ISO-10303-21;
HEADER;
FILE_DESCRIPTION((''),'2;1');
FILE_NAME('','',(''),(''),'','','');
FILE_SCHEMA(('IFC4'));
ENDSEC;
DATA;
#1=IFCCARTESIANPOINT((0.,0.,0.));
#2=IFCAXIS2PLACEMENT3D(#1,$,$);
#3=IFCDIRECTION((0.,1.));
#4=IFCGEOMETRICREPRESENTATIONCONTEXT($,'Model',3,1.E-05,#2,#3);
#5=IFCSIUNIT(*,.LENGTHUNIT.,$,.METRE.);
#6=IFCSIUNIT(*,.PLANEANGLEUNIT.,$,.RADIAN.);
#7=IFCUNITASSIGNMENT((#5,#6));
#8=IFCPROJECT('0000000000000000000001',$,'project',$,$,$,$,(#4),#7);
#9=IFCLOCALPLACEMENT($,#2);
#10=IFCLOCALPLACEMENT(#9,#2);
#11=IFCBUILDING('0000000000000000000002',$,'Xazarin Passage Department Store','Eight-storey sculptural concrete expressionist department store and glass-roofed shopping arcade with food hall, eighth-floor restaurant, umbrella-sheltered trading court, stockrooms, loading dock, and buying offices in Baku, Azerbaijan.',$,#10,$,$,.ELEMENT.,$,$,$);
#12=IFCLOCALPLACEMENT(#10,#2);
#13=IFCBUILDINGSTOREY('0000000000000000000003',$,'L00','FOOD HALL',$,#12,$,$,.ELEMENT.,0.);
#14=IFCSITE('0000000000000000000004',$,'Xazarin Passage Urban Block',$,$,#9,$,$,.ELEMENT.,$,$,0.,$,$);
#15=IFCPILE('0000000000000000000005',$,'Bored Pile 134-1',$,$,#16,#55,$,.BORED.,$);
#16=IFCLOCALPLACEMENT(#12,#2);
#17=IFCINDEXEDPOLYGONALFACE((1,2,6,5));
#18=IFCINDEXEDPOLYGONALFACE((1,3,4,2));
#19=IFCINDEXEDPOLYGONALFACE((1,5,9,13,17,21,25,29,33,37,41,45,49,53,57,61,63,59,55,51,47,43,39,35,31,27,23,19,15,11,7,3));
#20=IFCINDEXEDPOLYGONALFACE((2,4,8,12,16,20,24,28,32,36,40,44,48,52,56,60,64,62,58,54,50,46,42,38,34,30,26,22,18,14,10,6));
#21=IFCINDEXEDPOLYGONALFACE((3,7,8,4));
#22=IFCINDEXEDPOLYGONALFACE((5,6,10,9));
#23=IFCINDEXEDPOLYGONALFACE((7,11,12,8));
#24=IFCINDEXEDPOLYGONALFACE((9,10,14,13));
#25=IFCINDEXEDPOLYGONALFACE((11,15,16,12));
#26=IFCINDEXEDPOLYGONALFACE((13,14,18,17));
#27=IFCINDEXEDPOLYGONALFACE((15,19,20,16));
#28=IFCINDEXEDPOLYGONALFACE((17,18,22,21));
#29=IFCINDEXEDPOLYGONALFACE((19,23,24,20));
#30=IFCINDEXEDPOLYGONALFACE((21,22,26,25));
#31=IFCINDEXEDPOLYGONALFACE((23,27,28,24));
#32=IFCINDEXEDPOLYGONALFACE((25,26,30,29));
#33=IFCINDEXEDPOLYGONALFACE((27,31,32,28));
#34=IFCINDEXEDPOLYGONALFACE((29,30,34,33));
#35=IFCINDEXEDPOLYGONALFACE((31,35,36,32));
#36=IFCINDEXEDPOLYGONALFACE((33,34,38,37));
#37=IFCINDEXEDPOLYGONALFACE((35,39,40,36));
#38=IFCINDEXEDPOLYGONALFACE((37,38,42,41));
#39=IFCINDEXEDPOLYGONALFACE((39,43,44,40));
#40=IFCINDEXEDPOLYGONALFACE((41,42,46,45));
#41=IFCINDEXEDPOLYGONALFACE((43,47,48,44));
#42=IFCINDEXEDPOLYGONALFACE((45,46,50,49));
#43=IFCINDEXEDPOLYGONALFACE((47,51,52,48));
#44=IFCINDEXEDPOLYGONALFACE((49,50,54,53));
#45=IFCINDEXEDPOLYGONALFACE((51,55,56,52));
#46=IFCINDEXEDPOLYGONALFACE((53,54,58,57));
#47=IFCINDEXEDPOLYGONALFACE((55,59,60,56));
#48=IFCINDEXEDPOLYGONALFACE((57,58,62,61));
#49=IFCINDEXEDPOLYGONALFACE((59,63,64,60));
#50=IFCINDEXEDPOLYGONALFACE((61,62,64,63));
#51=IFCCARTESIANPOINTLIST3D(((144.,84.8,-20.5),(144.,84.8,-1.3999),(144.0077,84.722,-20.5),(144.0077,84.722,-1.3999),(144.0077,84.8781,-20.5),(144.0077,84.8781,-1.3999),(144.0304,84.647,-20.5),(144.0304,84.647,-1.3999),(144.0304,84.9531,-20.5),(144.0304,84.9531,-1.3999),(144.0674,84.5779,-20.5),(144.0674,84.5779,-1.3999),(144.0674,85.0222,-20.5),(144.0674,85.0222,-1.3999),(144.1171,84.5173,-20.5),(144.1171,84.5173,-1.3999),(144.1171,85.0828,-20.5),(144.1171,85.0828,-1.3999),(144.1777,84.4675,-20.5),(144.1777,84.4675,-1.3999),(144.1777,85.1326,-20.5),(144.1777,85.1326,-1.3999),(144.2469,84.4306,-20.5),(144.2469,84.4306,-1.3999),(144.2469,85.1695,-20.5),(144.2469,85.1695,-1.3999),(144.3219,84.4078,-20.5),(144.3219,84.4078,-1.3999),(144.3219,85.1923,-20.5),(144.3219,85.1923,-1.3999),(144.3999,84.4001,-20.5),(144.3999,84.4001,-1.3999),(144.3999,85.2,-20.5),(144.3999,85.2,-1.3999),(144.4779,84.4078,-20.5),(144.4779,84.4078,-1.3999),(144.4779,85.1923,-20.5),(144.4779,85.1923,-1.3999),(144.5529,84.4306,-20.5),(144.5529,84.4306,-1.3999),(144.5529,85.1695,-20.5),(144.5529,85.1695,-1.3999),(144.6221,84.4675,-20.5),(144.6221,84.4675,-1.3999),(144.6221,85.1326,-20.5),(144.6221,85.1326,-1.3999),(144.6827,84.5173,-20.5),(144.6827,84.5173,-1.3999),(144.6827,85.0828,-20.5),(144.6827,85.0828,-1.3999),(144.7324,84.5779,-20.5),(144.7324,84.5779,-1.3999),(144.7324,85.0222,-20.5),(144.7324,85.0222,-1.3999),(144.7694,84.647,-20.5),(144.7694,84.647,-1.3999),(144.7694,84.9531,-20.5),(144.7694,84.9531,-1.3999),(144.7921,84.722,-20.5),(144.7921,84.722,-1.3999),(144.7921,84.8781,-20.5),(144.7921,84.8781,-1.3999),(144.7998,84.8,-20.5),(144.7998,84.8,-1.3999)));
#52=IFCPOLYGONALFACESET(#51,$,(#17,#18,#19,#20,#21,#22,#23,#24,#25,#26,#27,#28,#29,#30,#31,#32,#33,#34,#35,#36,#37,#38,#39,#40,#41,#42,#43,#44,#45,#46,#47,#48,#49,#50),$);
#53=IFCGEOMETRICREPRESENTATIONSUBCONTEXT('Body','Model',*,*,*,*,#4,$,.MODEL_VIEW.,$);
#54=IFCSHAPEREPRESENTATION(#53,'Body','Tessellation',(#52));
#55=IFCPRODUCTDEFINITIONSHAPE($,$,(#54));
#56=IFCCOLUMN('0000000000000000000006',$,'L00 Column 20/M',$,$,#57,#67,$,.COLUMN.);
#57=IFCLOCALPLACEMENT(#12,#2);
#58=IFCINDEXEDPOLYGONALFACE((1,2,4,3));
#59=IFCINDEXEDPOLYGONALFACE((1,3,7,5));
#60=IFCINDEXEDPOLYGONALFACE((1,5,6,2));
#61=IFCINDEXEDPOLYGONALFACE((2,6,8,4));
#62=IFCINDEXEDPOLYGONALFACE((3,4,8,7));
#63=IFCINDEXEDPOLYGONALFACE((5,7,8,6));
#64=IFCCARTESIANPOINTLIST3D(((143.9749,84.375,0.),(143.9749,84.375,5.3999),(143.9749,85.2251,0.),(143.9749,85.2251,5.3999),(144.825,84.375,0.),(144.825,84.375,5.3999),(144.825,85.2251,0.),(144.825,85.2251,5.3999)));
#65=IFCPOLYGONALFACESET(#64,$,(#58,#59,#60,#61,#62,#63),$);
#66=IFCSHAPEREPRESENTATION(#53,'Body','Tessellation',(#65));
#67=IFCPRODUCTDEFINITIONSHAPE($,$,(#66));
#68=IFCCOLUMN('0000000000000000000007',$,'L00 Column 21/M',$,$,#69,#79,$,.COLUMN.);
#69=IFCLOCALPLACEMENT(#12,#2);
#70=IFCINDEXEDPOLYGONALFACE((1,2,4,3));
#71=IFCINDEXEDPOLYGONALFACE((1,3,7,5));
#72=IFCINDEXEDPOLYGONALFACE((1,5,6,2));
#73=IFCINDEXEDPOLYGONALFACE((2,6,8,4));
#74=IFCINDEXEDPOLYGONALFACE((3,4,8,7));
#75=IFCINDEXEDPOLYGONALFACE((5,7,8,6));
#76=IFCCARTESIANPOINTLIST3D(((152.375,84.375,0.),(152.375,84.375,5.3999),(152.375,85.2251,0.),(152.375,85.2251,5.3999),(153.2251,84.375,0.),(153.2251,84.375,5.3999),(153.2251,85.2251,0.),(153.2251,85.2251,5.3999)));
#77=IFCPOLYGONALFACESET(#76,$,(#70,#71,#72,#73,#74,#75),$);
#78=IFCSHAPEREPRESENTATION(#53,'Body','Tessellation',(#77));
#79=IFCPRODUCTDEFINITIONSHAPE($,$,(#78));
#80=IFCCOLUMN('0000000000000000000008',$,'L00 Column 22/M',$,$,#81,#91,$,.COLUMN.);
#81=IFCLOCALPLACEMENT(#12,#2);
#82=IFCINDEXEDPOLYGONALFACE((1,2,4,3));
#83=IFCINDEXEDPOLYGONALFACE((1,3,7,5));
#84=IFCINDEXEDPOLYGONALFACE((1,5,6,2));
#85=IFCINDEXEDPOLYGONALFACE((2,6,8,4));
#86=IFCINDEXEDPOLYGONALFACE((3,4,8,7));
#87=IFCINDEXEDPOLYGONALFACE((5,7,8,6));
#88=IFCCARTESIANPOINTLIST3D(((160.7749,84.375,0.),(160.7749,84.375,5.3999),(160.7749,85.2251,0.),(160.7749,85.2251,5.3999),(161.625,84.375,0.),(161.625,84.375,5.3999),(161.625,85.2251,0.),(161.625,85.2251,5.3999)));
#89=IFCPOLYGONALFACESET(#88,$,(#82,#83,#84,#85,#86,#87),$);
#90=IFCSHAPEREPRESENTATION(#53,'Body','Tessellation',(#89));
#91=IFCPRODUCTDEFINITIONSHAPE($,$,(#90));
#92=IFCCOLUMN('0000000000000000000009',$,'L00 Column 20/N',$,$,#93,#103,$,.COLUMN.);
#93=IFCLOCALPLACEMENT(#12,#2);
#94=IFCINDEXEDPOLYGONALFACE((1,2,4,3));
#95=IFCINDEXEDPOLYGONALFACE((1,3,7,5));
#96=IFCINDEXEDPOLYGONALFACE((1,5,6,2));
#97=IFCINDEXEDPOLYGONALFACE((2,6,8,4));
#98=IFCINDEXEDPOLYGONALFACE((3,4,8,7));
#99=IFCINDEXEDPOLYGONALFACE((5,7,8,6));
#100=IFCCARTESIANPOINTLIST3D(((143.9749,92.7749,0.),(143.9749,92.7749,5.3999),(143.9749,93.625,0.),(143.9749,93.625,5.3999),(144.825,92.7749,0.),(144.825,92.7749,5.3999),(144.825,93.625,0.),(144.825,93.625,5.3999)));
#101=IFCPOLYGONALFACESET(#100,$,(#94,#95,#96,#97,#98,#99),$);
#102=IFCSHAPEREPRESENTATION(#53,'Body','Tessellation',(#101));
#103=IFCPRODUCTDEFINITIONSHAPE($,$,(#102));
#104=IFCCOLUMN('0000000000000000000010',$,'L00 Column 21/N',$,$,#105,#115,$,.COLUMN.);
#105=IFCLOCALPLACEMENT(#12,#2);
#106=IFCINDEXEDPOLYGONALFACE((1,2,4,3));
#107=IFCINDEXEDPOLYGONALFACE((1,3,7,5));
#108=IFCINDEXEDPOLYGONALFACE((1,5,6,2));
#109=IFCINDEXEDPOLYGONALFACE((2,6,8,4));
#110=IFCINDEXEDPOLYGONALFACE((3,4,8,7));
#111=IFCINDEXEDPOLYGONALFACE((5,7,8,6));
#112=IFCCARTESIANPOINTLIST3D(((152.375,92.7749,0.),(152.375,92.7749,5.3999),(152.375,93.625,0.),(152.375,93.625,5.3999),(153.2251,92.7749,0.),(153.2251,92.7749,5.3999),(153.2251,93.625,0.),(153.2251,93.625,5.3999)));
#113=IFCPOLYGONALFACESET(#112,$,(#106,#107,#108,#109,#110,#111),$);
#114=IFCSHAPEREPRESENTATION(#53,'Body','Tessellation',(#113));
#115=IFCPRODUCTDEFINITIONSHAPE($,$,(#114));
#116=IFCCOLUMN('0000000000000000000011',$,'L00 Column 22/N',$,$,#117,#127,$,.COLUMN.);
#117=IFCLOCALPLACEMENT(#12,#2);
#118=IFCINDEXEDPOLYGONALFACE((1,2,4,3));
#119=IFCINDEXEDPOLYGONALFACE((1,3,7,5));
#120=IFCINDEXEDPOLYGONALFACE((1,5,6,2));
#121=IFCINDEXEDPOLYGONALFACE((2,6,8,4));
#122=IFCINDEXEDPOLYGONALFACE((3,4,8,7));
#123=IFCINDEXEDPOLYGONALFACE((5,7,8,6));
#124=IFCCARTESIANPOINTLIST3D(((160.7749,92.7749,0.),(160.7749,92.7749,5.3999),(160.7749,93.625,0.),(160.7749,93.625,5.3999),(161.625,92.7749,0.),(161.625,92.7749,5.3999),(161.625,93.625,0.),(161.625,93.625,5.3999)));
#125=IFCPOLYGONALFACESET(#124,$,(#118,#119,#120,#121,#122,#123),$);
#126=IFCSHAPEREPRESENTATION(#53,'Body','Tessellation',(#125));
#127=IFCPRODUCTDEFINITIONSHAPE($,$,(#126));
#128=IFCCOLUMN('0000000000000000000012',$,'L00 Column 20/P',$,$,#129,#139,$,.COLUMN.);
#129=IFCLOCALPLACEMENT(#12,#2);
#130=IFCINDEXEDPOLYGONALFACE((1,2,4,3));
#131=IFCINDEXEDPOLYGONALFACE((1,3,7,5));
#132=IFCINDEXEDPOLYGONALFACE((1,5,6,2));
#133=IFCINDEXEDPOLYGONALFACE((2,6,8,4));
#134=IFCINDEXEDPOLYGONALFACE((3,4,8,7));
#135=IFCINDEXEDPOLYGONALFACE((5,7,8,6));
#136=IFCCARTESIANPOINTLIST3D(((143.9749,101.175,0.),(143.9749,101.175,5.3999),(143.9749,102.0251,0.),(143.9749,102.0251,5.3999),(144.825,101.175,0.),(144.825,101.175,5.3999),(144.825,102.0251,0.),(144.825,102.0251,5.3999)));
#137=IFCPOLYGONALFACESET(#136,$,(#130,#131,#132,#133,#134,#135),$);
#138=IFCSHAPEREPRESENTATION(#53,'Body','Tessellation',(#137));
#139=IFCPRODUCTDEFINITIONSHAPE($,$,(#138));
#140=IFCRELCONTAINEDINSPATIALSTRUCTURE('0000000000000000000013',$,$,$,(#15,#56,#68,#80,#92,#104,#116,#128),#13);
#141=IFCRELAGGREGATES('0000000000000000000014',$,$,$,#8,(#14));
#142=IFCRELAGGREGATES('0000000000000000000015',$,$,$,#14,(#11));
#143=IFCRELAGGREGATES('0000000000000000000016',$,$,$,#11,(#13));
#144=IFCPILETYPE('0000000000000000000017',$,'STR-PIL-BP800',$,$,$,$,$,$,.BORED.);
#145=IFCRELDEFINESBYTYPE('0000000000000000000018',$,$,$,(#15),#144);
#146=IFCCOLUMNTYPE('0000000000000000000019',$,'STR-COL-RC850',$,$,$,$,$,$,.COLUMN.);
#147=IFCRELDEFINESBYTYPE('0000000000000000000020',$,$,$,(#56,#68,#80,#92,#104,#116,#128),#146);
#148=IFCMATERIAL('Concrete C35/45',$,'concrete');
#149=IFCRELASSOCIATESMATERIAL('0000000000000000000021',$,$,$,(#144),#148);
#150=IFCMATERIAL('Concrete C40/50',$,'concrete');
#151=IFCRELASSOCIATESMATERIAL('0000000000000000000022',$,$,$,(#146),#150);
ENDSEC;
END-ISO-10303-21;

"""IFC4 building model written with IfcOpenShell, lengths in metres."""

from ifc_helpers import new_model, si_unit, direction, frame, origin, origin_2d, place, context, subcontext, project, spatial, rectangle, circle, extrude, material, material_profile, profile_set, type_object, element, save


model = new_model("IFC4")

# Units and contexts
model_context = context("Model", 3, precision=1e-05, world=origin(), true_north=direction((0.0, 1.0)))
body_context = subcontext(model_context, "Body", "Model", "MODEL_VIEW")
ifc_project = project(units=[si_unit("LENGTHUNIT", "METRE"), si_unit("PLANEANGLEUNIT", "RADIAN")], contexts=[model_context])

# Site, building, storey
site_placement = place(None, origin())
site = spatial("IfcSite", under=ifc_project, at=site_placement, Name="Xazarin Passage Urban Block", CompositionType="ELEMENT", RefElevation=0.0)
building_placement = place(site_placement, origin())
building = spatial("IfcBuilding", under=site, at=building_placement, Name="Xazarin Passage Department Store", Description="Eight-storey sculptural concrete expressionist department store and glass-roofed shopping arcade with food hall, eighth-floor restaurant, umbrella-sheltered trading court, stockrooms, loading dock, and buying offices in Baku, Azerbaijan.", CompositionType="ELEMENT")
storey_placement = place(building_placement, origin())
storey = spatial("IfcBuildingStorey", under=building, at=storey_placement, Name="L00", Description="FOOD HALL", CompositionType="ELEMENT", Elevation=0.0)

# Shared definitions
ifc_material_1 = material(Name="Concrete C35/45", Category="concrete")

# Pile
ifc_material_profile_1 = material_profile(ifc_material_1, circle(Radius=0.3999, at=origin_2d()), Name="BP 800")
ifc_profile_set_1 = profile_set([ifc_material_profile_1], Name="Concrete C35/45")
pile_type_1 = type_object("IfcPileType", Name="STR-PIL-BP800", PredefinedType="BORED", material=ifc_profile_set_1)
pile_1_placement = place(storey_placement, frame((144.3999, 84.8, -1.3999), z_axis=(0.0, 0.0, -1.0), x_axis=(1.0, 0.0, 0.0)))
element("IfcPile", 1, at=pile_1_placement, inside=storey, type_object=pile_type_1, Name="Bored Pile 134-1", PredefinedType="BORED", context=body_context, shape_type="SweptSolid", body=[
    extrude(circle(Radius=0.3999, at=origin_2d()), origin(), (0.0, 0.0, 1.0), 19.1001),
])

# Columns
ifc_material_2 = material(Name="Concrete C40/50", Category="concrete")
ifc_material_profile_2 = material_profile(ifc_material_2, rectangle(XDim=0.8501, YDim=0.8501, at=origin_2d()), Name="RC 850x850")
ifc_profile_set_2 = profile_set([ifc_material_profile_2], Name="Concrete C40/50")
column_type = type_object("IfcColumnType", Name="STR-COL-RC850", PredefinedType="COLUMN", material=ifc_profile_set_2)
for number, where, z_axis, x_axis, name in (
    (2, (144.3999, 84.8, 0.0), (0.0, 0.0, 1.0), (1.0, 0.0, 0.0), "L00 Column 20/M"),
    (3, (152.8, 84.8, 0.0), (0.0, 0.0, 1.0), (1.0, 0.0, 0.0), "L00 Column 21/M"),
    (4, (161.2, 84.8, 0.0), (0.0, 0.0, 1.0), (1.0, 0.0, 0.0), "L00 Column 22/M"),
    (5, (144.3999, 93.2, 0.0), (0.0, 0.0, 1.0), (1.0, 0.0, 0.0), "L00 Column 20/N"),
    (6, (152.8, 93.2, 0.0), (0.0, 0.0, 1.0), (1.0, 0.0, 0.0), "L00 Column 21/N"),
    (7, (161.2, 93.2, 0.0), (0.0, 0.0, 1.0), (1.0, 0.0, 0.0), "L00 Column 22/N"),
    (8, (144.3999, 101.6001, 0.0), (0.0, 0.0, 1.0), (1.0, 0.0, 0.0), "L00 Column 20/P"),
):
    element("IfcColumn", number, at=place(storey_placement, frame(where, z_axis=z_axis, x_axis=x_axis)), inside=storey, type_object=column_type, Name=name, PredefinedType="COLUMN", context=body_context, shape_type="SweptSolid", body=[
        extrude(rectangle(XDim=0.8501, YDim=0.8501, at=origin_2d()), origin(), (0.0, 0.0, 1.0), 5.3999),
    ])

save(model, "model.ifc")
